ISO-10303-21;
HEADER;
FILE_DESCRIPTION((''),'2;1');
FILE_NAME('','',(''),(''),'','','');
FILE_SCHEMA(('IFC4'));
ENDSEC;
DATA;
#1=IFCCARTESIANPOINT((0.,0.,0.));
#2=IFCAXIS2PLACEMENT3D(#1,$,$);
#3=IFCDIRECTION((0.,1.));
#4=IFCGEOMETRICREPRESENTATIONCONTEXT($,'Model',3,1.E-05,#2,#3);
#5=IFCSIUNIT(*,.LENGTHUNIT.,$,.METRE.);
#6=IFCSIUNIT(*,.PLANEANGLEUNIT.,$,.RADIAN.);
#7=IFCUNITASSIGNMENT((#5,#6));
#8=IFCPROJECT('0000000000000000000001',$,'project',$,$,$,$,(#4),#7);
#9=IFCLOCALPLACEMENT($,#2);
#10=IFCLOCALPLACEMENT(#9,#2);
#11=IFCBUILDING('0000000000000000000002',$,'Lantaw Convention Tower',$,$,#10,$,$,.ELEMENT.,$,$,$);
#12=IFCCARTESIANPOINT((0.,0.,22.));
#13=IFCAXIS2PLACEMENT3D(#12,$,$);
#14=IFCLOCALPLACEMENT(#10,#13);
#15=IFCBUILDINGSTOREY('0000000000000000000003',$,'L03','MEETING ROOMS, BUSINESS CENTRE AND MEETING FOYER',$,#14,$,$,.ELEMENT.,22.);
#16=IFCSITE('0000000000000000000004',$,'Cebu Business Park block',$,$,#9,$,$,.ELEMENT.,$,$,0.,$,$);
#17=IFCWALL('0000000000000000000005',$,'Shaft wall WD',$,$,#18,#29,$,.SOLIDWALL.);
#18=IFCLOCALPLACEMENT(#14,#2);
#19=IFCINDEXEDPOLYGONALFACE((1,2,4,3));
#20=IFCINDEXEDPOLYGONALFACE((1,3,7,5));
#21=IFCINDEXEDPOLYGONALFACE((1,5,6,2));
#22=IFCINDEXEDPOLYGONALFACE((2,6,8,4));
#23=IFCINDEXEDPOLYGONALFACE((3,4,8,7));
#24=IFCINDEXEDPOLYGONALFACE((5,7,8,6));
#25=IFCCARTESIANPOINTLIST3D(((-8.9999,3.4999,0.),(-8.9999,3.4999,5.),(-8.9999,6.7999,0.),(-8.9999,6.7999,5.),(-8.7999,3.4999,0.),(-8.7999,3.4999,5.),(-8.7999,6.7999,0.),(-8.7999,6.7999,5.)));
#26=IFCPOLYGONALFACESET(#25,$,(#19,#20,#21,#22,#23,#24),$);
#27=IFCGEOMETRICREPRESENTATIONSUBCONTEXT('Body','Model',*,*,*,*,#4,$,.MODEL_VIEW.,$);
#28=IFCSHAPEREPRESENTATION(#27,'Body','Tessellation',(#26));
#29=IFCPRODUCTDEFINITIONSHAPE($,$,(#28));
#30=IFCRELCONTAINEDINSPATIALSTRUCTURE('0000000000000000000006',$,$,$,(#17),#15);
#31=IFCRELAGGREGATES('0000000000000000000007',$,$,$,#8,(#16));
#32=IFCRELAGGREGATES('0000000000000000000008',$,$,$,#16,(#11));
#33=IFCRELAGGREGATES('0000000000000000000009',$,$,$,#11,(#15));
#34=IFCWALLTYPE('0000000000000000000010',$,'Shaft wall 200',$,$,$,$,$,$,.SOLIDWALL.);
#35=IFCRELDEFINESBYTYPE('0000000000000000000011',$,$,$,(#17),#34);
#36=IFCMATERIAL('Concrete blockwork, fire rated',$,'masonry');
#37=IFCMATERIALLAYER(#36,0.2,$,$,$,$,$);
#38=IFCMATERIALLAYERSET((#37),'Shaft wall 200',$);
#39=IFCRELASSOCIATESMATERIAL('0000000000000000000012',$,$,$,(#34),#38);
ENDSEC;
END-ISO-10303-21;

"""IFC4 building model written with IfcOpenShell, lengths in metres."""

from ifc_helpers import new_model, si_unit, direction, frame, frame_2d, origin, place, context, subcontext, project, spatial, rectangle, extrude, material, layer, layer_set, type_object, element, save


model = new_model("IFC4")

# Units and contexts
model_context = context("Model", 3, precision=1e-05, world=origin(), true_north=direction((0.0, 1.0)))
body_context = subcontext(model_context, "Body", "Model", "MODEL_VIEW")
ifc_project = project(units=[si_unit("LENGTHUNIT", "METRE"), si_unit("PLANEANGLEUNIT", "RADIAN")], contexts=[model_context])

# Site, building, storey
site_placement = place(None, origin())
site = spatial("IfcSite", under=ifc_project, at=site_placement, Name="Cebu Business Park block", CompositionType="ELEMENT", RefElevation=0.0)
building_placement = place(site_placement, origin())
building = spatial("IfcBuilding", under=site, at=building_placement, Name="Lantaw Convention Tower", CompositionType="ELEMENT")
storey_placement = place(building_placement, frame((0.0, 0.0, 22.0)))
storey = spatial("IfcBuildingStorey", under=building, at=storey_placement, Name="L03", Description="MEETING ROOMS, BUSINESS CENTRE AND MEETING FOYER", CompositionType="ELEMENT", Elevation=22.0)

# Shared definitions
ifc_material_1 = material(Name="Concrete blockwork, fire rated", Category="masonry")
ifc_layer_1 = layer(ifc_material_1, 0.2)
ifc_layer_set_1 = layer_set([ifc_layer_1], Name="Shaft wall 200")
wall_type_1 = type_object("IfcWallType", Name="Shaft wall 200", PredefinedType="SOLIDWALL", material=ifc_layer_set_1)

# Wall
wall_1_placement = place(storey_placement, frame((-8.8999, 3.5, 0.0), z_axis=(0.0, 0.0, 1.0), x_axis=(0.0, 1.0, 0.0)))
element("IfcWall", 1, at=wall_1_placement, inside=storey, type_object=wall_type_1, Name="Shaft wall WD", PredefinedType="SOLIDWALL", context=body_context, shape_type="SweptSolid", body=[
    extrude(rectangle(XDim=3.3, YDim=0.2, at=frame_2d((1.6499, 0.0))), origin(), (0.0, 0.0, 1.0), 5.0),
])

save(model, "model.ifc")
